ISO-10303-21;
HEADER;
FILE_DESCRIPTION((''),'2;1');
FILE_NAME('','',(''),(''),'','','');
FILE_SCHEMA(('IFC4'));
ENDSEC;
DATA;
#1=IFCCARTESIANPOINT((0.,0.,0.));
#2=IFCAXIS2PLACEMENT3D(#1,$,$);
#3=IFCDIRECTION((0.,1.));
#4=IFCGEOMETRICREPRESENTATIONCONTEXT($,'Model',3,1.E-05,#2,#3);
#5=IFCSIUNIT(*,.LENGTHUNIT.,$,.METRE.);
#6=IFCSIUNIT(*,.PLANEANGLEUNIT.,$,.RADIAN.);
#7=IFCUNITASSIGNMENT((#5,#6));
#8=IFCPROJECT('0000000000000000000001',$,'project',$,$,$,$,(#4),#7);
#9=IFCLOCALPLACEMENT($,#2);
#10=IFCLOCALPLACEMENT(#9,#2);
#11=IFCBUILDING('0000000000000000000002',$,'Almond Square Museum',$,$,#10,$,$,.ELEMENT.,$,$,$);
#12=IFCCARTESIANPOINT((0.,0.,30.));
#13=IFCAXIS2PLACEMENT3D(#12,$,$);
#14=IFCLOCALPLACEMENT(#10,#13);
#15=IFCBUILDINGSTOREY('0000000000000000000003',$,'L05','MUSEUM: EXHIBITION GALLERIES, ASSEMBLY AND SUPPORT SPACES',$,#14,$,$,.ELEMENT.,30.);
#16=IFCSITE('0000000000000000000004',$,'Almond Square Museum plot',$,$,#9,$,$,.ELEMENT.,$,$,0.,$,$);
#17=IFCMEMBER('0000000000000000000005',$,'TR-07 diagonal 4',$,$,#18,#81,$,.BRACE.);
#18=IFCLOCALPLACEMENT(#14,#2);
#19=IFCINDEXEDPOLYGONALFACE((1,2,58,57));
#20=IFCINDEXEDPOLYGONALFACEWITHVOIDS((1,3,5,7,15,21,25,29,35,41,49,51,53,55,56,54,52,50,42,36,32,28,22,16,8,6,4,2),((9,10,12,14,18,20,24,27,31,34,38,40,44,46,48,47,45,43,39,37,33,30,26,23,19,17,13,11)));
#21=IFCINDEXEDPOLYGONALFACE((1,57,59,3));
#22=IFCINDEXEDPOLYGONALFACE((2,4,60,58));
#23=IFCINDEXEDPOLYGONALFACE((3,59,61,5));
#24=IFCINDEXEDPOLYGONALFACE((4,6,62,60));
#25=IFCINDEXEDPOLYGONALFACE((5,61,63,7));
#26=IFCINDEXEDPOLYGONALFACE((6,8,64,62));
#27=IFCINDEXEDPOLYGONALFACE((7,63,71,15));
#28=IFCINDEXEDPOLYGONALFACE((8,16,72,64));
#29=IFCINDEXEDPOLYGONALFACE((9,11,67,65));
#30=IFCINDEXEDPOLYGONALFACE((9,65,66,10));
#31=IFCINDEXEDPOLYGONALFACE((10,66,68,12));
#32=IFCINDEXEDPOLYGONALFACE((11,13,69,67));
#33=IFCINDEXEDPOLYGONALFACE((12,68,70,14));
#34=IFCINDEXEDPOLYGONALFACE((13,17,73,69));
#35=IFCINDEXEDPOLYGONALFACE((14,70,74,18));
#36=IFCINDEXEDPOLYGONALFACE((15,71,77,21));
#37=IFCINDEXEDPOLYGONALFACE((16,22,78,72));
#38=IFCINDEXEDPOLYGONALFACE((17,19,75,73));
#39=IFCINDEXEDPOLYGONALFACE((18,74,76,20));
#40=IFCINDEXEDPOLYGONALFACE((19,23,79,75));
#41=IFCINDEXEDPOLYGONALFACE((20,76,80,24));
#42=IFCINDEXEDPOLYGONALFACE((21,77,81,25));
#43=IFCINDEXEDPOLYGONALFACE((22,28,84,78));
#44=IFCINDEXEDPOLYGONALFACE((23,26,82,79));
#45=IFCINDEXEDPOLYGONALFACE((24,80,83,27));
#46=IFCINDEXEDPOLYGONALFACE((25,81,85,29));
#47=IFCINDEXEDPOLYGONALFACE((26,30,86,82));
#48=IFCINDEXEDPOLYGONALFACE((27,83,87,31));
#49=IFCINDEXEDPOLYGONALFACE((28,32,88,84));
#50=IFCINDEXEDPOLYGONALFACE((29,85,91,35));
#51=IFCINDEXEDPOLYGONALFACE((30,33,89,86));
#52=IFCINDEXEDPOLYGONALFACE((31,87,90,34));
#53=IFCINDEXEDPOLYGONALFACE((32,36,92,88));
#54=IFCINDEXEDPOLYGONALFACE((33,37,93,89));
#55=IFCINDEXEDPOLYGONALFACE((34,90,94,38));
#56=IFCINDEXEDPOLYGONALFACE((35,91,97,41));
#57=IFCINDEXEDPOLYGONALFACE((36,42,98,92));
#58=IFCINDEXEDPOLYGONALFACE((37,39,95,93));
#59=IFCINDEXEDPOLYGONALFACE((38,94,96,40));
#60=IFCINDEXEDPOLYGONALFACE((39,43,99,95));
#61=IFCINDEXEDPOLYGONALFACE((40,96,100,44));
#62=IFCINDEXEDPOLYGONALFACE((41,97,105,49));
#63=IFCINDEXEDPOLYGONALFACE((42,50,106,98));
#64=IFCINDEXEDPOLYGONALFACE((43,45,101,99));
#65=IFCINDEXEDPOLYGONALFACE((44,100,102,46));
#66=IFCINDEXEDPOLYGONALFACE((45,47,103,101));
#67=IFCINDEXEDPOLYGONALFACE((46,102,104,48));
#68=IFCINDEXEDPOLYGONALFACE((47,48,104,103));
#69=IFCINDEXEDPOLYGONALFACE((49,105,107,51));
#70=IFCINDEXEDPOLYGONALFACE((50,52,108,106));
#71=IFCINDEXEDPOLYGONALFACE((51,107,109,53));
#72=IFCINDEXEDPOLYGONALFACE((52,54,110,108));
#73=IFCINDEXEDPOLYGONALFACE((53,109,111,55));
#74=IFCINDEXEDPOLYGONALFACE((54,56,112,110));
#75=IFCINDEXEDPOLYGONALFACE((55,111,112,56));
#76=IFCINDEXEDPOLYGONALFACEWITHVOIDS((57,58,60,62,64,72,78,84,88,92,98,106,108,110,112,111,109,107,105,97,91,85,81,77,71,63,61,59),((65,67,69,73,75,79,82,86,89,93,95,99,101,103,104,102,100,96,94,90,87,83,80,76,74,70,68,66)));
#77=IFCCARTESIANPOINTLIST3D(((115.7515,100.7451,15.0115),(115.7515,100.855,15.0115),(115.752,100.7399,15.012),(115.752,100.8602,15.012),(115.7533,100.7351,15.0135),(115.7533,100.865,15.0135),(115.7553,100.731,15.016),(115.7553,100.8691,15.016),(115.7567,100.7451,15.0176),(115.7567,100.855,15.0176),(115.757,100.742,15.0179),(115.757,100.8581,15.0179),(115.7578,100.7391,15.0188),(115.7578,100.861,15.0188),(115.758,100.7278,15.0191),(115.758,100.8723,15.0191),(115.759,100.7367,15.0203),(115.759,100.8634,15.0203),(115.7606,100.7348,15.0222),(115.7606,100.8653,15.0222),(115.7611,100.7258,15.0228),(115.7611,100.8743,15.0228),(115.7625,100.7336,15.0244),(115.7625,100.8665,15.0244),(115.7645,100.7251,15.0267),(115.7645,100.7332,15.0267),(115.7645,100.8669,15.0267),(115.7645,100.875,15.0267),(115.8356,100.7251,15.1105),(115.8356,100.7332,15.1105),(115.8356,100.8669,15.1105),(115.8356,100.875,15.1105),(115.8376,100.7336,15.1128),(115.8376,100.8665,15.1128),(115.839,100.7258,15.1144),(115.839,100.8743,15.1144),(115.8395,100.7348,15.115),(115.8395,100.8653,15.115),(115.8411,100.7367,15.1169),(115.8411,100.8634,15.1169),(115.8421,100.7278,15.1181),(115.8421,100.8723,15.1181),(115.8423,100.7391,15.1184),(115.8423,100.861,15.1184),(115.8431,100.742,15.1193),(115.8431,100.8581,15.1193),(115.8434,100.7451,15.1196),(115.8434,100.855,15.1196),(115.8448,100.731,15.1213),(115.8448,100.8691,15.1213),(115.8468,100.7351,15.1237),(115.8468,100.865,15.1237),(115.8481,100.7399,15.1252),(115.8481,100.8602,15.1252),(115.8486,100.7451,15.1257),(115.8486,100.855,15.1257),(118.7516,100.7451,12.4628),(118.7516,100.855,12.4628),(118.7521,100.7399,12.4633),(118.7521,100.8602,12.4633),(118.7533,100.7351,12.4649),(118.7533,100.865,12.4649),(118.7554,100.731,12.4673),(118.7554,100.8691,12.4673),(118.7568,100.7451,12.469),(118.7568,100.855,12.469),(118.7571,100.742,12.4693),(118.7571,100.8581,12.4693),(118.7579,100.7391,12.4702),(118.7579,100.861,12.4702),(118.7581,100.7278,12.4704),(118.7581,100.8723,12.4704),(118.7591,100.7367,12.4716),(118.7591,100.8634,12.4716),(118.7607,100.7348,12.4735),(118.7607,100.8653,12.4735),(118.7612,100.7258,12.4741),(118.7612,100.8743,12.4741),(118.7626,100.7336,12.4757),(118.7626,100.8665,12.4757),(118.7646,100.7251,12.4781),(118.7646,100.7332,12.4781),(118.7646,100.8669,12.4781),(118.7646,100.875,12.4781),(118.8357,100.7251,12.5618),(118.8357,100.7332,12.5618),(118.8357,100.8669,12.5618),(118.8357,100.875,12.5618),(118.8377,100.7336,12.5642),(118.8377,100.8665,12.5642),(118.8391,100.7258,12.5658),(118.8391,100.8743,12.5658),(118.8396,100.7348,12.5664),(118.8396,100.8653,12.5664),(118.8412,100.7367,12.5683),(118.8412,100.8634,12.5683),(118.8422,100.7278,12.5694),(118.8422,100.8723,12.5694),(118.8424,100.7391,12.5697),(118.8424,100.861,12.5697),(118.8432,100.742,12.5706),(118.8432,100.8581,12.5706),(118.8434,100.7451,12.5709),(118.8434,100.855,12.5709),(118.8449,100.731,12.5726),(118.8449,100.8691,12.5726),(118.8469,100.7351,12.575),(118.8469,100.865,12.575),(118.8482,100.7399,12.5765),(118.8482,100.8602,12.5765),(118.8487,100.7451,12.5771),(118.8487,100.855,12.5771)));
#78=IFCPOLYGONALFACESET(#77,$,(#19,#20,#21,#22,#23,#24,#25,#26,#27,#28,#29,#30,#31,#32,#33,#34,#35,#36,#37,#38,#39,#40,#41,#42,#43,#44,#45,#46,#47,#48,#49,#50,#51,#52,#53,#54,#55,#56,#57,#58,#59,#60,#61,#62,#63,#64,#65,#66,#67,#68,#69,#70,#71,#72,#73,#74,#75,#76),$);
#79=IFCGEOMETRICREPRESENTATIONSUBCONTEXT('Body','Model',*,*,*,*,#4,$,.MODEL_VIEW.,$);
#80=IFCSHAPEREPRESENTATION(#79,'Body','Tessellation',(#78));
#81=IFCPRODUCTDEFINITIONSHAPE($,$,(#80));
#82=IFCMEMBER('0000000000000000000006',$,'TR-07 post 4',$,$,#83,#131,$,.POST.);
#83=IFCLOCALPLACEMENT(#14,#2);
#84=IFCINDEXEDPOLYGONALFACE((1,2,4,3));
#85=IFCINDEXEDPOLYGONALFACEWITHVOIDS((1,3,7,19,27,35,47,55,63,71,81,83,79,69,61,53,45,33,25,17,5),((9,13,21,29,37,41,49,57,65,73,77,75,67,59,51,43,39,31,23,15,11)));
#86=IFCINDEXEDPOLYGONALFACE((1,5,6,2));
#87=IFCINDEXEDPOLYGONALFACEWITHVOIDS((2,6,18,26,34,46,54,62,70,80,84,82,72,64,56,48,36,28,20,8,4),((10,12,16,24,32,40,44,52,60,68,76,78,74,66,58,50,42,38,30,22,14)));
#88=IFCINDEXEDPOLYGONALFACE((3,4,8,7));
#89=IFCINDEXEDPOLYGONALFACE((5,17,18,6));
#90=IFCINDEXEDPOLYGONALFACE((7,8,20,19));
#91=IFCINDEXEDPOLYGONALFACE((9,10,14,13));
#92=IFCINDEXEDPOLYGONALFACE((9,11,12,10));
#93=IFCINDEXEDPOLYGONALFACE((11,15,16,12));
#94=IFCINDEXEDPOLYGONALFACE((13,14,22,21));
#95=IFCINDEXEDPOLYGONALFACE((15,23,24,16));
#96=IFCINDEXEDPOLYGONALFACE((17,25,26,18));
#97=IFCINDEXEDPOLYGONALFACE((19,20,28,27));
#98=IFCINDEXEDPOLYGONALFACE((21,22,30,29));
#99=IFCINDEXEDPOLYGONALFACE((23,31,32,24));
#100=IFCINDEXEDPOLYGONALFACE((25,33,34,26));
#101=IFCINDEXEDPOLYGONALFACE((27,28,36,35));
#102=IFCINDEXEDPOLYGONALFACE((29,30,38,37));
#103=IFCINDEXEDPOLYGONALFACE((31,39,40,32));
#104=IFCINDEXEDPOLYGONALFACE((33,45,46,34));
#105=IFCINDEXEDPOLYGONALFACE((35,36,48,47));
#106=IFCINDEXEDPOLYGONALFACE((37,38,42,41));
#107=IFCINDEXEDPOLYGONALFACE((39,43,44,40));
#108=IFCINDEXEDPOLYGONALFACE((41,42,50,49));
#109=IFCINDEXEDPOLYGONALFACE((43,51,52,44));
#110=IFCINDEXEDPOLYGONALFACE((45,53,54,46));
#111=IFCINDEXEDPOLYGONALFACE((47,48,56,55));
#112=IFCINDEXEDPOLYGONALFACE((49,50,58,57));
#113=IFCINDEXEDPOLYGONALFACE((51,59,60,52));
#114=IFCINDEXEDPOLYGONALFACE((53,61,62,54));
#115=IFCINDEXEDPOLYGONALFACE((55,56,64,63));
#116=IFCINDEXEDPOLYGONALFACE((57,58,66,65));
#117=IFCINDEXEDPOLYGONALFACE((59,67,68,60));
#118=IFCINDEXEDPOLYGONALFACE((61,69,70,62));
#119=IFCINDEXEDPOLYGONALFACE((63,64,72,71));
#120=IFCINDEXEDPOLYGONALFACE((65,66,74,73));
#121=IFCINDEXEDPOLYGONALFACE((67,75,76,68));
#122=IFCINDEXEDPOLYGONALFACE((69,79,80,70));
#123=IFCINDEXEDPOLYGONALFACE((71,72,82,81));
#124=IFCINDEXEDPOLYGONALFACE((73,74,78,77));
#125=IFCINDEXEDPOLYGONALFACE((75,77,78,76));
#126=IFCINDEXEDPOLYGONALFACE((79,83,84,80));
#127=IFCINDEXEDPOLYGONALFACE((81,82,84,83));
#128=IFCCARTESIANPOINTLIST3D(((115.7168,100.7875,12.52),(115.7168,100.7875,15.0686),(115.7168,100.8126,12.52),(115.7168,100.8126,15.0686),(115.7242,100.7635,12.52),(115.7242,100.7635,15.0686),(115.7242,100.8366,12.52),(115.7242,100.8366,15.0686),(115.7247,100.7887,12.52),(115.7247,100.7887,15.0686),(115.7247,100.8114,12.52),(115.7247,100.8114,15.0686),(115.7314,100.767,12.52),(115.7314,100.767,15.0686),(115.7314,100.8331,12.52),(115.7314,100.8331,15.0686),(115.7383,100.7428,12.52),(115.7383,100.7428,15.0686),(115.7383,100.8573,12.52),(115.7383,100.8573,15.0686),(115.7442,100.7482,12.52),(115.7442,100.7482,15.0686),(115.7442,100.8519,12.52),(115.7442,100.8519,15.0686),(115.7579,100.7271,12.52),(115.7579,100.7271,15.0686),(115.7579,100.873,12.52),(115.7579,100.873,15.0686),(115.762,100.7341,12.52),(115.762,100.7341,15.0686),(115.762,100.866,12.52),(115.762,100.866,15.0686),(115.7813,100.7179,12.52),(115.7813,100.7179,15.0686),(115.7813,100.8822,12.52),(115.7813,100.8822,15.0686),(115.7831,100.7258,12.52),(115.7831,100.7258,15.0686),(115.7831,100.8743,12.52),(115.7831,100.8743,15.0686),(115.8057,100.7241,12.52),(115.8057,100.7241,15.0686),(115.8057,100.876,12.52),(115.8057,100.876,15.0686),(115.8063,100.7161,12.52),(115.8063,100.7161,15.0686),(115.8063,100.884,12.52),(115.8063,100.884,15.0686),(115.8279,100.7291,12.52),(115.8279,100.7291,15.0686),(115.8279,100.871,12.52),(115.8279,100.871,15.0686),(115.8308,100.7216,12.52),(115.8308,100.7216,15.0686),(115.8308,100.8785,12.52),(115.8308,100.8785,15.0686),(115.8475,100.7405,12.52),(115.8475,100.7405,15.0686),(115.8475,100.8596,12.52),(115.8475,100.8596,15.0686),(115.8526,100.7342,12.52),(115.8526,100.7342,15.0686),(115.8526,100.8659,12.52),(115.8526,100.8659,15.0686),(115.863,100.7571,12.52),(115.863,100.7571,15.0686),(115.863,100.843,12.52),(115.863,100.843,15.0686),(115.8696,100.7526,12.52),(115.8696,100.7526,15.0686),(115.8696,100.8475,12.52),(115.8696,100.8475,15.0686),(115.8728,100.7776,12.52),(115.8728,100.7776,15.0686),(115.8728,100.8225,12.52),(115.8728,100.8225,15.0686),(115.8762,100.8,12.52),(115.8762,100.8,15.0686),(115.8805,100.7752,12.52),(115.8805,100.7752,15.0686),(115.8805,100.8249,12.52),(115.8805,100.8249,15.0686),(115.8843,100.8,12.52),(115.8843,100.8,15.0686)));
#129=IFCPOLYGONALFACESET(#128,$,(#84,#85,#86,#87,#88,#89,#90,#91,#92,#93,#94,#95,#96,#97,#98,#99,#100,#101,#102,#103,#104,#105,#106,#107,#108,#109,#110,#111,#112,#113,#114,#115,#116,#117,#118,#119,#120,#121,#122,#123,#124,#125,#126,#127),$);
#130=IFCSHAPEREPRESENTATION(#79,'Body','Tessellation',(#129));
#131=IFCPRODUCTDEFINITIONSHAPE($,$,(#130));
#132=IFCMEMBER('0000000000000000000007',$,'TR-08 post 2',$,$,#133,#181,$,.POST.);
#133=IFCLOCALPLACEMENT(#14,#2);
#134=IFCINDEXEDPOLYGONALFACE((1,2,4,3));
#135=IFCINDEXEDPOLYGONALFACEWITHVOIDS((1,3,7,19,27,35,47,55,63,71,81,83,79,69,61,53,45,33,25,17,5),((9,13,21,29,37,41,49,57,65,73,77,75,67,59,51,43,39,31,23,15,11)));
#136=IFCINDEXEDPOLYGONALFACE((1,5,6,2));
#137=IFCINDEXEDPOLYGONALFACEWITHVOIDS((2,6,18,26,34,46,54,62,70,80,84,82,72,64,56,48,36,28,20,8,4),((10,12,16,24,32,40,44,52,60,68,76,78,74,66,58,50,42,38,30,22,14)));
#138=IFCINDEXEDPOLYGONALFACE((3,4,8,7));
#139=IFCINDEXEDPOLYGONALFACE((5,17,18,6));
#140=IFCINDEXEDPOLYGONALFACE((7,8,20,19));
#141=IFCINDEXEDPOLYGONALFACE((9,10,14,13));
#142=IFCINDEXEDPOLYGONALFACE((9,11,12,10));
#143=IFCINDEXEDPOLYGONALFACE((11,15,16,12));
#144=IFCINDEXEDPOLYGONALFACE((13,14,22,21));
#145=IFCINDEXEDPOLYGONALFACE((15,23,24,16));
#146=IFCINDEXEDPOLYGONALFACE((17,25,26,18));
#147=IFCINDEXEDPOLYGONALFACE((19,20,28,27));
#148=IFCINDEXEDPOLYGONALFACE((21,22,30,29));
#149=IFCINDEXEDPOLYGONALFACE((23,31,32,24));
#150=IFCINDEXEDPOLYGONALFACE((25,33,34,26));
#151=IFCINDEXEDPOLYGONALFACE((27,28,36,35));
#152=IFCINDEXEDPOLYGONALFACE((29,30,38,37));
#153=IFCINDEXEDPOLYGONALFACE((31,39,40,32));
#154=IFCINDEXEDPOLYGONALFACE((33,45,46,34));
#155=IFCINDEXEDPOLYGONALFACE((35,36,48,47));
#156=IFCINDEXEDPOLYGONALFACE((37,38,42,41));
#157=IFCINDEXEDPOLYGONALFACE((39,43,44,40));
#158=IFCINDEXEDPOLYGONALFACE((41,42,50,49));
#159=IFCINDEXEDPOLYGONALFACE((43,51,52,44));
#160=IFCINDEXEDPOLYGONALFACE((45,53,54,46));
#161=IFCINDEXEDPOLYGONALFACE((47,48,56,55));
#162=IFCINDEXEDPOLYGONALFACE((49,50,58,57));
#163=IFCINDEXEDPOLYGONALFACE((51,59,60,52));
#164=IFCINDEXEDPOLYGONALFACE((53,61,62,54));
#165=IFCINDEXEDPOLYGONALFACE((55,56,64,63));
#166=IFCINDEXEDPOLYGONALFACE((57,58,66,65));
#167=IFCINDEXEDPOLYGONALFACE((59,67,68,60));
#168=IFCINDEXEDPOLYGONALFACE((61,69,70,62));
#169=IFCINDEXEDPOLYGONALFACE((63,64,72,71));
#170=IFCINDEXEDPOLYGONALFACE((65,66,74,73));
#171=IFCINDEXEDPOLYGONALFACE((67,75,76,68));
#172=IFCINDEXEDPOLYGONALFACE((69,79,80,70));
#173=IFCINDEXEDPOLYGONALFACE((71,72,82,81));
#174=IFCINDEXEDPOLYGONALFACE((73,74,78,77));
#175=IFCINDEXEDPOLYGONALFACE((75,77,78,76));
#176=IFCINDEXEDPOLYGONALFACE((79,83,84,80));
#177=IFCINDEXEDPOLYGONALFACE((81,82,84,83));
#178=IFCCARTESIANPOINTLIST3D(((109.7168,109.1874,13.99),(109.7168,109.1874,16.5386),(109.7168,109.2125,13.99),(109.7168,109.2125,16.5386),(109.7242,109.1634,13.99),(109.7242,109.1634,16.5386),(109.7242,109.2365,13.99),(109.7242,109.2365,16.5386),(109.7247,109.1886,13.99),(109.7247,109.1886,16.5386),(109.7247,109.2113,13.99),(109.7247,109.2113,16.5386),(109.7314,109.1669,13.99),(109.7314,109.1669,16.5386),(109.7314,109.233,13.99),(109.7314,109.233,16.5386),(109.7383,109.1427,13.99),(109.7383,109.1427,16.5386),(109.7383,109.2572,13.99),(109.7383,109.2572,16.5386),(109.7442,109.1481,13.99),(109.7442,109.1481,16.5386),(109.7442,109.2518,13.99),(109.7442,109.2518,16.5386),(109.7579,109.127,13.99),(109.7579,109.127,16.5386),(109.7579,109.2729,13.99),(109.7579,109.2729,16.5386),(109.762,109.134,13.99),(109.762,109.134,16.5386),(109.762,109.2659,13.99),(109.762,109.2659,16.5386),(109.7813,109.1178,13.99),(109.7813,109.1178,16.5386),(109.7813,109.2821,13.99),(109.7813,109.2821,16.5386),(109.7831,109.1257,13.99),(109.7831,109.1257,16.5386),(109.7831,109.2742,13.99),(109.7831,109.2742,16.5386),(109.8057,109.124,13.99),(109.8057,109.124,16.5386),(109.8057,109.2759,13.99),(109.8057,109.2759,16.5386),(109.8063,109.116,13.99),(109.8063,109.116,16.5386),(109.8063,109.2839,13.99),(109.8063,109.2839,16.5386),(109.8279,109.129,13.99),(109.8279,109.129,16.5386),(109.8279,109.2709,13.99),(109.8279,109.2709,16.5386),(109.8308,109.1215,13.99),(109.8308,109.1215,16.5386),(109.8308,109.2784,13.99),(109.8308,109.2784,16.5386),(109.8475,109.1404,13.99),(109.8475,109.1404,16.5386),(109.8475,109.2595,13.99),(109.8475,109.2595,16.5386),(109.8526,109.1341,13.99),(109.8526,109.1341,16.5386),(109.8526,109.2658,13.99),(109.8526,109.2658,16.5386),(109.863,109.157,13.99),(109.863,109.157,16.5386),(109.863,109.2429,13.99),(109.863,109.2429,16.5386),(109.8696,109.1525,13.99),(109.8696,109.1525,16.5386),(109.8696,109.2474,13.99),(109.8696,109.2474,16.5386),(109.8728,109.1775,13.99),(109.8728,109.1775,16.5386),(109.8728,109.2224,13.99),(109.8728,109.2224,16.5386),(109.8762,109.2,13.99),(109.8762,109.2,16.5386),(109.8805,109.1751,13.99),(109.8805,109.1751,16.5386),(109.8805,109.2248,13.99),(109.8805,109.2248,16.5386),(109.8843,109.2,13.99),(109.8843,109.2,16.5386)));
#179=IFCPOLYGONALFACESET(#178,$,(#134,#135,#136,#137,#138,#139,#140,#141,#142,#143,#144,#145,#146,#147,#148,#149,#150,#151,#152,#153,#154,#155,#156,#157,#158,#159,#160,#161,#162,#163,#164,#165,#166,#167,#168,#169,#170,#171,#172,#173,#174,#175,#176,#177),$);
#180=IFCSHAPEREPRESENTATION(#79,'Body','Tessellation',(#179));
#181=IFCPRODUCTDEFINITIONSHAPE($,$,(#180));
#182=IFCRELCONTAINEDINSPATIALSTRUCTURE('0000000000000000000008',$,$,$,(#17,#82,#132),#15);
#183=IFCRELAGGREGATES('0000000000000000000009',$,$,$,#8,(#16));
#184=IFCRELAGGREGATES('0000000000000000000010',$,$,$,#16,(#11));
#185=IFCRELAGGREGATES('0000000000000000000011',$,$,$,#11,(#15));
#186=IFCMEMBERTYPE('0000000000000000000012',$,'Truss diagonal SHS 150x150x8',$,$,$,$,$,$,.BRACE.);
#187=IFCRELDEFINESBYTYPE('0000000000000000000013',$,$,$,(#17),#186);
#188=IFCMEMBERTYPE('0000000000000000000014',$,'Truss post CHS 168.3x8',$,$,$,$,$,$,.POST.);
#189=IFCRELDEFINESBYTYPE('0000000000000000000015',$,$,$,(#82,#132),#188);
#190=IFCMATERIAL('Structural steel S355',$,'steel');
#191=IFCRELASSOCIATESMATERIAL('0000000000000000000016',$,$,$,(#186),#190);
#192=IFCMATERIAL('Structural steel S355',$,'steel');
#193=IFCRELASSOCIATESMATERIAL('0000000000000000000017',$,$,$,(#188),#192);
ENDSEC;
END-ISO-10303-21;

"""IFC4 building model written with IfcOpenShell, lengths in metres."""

from ifc_helpers import new_model, si_unit, direction, frame, origin, origin_2d, place, context, subcontext, project, spatial, hollow_rectangle, hollow_circle, extrude, material, material_profile, profile_set, type_object, element, save


model = new_model("IFC4")

# Units and contexts
model_context = context("Model", 3, precision=1e-05, world=origin(), true_north=direction((0.0, 1.0)))
body_context = subcontext(model_context, "Body", "Model", "MODEL_VIEW")
ifc_project = project(units=[si_unit("LENGTHUNIT", "METRE"), si_unit("PLANEANGLEUNIT", "RADIAN")], contexts=[model_context])

# Site, building, storey
site_placement = place(None, origin())
site = spatial("IfcSite", under=ifc_project, at=site_placement, Name="Almond Square Museum plot", CompositionType="ELEMENT", RefElevation=0.0)
building_placement = place(site_placement, origin())
building = spatial("IfcBuilding", under=site, at=building_placement, Name="Almond Square Museum", CompositionType="ELEMENT")
storey_placement = place(building_placement, frame((0.0, 0.0, 30.0)))
storey = spatial("IfcBuildingStorey", under=building, at=storey_placement, Name="L05", Description="MUSEUM: EXHIBITION GALLERIES, ASSEMBLY AND SUPPORT SPACES", CompositionType="ELEMENT", Elevation=30.0)

# Members
ifc_material_1 = material(Name="Structural steel S355", Category="steel")
ifc_material_profile_1 = material_profile(ifc_material_1, hollow_rectangle(XDim=0.1499, YDim=0.1499, WallThickness=0.0081, InnerFilletRadius=0.012, OuterFilletRadius=0.02, at=origin_2d()))
ifc_profile_set_1 = profile_set([ifc_material_profile_1], Name="Structural steel S355")
member_type_1 = type_object("IfcMemberType", Name="Truss diagonal SHS 150x150x8", PredefinedType="BRACE", material=ifc_profile_set_1)
member_1_placement = place(storey_placement, frame((115.8, 100.8, 15.0686), z_axis=(0.762117, 0.0, -0.64744), x_axis=(0.0, 1.0, 0.0)))
element("IfcMember", 1, at=member_1_placement, inside=storey, type_object=member_type_1, Name="TR-07 diagonal 4", PredefinedType="BRACE", context=body_context, shape_type="SweptSolid", body=[
    extrude(hollow_rectangle(XDim=0.1499, YDim=0.1499, WallThickness=0.0081, InnerFilletRadius=0.012, OuterFilletRadius=0.02, at=origin_2d()), origin(), (0.0, 0.0, 1.0), 3.9365),
])
ifc_material_2 = material(Name="Structural steel S355", Category="steel")
ifc_material_profile_2 = material_profile(ifc_material_2, hollow_circle(Radius=0.0842, WallThickness=0.0081, at=origin_2d()))
ifc_profile_set_2 = profile_set([ifc_material_profile_2], Name="Structural steel S355")
member_type_2 = type_object("IfcMemberType", Name="Truss post CHS 168.3x8", PredefinedType="POST", material=ifc_profile_set_2)
for number, where, z_axis, x_axis, name in (
    (2, (115.8, 100.8, 12.52), (0.0, 0.0, 1.0), (1.0, 0.0, 0.0), "TR-07 post 4"),
    (3, (109.8, 109.2, 13.99), (0.0, 0.0, 1.0), (1.0, 0.0, 0.0), "TR-08 post 2"),
):
    element("IfcMember", number, at=place(storey_placement, frame(where, z_axis=z_axis, x_axis=x_axis)), inside=storey, type_object=member_type_2, Name=name, PredefinedType="POST", context=body_context, shape_type="SweptSolid", body=[
        extrude(hollow_circle(Radius=0.0842, WallThickness=0.0081, at=origin_2d()), origin(), (0.0, 0.0, 1.0), 2.5486),
    ])

save(model, "model.ifc")
